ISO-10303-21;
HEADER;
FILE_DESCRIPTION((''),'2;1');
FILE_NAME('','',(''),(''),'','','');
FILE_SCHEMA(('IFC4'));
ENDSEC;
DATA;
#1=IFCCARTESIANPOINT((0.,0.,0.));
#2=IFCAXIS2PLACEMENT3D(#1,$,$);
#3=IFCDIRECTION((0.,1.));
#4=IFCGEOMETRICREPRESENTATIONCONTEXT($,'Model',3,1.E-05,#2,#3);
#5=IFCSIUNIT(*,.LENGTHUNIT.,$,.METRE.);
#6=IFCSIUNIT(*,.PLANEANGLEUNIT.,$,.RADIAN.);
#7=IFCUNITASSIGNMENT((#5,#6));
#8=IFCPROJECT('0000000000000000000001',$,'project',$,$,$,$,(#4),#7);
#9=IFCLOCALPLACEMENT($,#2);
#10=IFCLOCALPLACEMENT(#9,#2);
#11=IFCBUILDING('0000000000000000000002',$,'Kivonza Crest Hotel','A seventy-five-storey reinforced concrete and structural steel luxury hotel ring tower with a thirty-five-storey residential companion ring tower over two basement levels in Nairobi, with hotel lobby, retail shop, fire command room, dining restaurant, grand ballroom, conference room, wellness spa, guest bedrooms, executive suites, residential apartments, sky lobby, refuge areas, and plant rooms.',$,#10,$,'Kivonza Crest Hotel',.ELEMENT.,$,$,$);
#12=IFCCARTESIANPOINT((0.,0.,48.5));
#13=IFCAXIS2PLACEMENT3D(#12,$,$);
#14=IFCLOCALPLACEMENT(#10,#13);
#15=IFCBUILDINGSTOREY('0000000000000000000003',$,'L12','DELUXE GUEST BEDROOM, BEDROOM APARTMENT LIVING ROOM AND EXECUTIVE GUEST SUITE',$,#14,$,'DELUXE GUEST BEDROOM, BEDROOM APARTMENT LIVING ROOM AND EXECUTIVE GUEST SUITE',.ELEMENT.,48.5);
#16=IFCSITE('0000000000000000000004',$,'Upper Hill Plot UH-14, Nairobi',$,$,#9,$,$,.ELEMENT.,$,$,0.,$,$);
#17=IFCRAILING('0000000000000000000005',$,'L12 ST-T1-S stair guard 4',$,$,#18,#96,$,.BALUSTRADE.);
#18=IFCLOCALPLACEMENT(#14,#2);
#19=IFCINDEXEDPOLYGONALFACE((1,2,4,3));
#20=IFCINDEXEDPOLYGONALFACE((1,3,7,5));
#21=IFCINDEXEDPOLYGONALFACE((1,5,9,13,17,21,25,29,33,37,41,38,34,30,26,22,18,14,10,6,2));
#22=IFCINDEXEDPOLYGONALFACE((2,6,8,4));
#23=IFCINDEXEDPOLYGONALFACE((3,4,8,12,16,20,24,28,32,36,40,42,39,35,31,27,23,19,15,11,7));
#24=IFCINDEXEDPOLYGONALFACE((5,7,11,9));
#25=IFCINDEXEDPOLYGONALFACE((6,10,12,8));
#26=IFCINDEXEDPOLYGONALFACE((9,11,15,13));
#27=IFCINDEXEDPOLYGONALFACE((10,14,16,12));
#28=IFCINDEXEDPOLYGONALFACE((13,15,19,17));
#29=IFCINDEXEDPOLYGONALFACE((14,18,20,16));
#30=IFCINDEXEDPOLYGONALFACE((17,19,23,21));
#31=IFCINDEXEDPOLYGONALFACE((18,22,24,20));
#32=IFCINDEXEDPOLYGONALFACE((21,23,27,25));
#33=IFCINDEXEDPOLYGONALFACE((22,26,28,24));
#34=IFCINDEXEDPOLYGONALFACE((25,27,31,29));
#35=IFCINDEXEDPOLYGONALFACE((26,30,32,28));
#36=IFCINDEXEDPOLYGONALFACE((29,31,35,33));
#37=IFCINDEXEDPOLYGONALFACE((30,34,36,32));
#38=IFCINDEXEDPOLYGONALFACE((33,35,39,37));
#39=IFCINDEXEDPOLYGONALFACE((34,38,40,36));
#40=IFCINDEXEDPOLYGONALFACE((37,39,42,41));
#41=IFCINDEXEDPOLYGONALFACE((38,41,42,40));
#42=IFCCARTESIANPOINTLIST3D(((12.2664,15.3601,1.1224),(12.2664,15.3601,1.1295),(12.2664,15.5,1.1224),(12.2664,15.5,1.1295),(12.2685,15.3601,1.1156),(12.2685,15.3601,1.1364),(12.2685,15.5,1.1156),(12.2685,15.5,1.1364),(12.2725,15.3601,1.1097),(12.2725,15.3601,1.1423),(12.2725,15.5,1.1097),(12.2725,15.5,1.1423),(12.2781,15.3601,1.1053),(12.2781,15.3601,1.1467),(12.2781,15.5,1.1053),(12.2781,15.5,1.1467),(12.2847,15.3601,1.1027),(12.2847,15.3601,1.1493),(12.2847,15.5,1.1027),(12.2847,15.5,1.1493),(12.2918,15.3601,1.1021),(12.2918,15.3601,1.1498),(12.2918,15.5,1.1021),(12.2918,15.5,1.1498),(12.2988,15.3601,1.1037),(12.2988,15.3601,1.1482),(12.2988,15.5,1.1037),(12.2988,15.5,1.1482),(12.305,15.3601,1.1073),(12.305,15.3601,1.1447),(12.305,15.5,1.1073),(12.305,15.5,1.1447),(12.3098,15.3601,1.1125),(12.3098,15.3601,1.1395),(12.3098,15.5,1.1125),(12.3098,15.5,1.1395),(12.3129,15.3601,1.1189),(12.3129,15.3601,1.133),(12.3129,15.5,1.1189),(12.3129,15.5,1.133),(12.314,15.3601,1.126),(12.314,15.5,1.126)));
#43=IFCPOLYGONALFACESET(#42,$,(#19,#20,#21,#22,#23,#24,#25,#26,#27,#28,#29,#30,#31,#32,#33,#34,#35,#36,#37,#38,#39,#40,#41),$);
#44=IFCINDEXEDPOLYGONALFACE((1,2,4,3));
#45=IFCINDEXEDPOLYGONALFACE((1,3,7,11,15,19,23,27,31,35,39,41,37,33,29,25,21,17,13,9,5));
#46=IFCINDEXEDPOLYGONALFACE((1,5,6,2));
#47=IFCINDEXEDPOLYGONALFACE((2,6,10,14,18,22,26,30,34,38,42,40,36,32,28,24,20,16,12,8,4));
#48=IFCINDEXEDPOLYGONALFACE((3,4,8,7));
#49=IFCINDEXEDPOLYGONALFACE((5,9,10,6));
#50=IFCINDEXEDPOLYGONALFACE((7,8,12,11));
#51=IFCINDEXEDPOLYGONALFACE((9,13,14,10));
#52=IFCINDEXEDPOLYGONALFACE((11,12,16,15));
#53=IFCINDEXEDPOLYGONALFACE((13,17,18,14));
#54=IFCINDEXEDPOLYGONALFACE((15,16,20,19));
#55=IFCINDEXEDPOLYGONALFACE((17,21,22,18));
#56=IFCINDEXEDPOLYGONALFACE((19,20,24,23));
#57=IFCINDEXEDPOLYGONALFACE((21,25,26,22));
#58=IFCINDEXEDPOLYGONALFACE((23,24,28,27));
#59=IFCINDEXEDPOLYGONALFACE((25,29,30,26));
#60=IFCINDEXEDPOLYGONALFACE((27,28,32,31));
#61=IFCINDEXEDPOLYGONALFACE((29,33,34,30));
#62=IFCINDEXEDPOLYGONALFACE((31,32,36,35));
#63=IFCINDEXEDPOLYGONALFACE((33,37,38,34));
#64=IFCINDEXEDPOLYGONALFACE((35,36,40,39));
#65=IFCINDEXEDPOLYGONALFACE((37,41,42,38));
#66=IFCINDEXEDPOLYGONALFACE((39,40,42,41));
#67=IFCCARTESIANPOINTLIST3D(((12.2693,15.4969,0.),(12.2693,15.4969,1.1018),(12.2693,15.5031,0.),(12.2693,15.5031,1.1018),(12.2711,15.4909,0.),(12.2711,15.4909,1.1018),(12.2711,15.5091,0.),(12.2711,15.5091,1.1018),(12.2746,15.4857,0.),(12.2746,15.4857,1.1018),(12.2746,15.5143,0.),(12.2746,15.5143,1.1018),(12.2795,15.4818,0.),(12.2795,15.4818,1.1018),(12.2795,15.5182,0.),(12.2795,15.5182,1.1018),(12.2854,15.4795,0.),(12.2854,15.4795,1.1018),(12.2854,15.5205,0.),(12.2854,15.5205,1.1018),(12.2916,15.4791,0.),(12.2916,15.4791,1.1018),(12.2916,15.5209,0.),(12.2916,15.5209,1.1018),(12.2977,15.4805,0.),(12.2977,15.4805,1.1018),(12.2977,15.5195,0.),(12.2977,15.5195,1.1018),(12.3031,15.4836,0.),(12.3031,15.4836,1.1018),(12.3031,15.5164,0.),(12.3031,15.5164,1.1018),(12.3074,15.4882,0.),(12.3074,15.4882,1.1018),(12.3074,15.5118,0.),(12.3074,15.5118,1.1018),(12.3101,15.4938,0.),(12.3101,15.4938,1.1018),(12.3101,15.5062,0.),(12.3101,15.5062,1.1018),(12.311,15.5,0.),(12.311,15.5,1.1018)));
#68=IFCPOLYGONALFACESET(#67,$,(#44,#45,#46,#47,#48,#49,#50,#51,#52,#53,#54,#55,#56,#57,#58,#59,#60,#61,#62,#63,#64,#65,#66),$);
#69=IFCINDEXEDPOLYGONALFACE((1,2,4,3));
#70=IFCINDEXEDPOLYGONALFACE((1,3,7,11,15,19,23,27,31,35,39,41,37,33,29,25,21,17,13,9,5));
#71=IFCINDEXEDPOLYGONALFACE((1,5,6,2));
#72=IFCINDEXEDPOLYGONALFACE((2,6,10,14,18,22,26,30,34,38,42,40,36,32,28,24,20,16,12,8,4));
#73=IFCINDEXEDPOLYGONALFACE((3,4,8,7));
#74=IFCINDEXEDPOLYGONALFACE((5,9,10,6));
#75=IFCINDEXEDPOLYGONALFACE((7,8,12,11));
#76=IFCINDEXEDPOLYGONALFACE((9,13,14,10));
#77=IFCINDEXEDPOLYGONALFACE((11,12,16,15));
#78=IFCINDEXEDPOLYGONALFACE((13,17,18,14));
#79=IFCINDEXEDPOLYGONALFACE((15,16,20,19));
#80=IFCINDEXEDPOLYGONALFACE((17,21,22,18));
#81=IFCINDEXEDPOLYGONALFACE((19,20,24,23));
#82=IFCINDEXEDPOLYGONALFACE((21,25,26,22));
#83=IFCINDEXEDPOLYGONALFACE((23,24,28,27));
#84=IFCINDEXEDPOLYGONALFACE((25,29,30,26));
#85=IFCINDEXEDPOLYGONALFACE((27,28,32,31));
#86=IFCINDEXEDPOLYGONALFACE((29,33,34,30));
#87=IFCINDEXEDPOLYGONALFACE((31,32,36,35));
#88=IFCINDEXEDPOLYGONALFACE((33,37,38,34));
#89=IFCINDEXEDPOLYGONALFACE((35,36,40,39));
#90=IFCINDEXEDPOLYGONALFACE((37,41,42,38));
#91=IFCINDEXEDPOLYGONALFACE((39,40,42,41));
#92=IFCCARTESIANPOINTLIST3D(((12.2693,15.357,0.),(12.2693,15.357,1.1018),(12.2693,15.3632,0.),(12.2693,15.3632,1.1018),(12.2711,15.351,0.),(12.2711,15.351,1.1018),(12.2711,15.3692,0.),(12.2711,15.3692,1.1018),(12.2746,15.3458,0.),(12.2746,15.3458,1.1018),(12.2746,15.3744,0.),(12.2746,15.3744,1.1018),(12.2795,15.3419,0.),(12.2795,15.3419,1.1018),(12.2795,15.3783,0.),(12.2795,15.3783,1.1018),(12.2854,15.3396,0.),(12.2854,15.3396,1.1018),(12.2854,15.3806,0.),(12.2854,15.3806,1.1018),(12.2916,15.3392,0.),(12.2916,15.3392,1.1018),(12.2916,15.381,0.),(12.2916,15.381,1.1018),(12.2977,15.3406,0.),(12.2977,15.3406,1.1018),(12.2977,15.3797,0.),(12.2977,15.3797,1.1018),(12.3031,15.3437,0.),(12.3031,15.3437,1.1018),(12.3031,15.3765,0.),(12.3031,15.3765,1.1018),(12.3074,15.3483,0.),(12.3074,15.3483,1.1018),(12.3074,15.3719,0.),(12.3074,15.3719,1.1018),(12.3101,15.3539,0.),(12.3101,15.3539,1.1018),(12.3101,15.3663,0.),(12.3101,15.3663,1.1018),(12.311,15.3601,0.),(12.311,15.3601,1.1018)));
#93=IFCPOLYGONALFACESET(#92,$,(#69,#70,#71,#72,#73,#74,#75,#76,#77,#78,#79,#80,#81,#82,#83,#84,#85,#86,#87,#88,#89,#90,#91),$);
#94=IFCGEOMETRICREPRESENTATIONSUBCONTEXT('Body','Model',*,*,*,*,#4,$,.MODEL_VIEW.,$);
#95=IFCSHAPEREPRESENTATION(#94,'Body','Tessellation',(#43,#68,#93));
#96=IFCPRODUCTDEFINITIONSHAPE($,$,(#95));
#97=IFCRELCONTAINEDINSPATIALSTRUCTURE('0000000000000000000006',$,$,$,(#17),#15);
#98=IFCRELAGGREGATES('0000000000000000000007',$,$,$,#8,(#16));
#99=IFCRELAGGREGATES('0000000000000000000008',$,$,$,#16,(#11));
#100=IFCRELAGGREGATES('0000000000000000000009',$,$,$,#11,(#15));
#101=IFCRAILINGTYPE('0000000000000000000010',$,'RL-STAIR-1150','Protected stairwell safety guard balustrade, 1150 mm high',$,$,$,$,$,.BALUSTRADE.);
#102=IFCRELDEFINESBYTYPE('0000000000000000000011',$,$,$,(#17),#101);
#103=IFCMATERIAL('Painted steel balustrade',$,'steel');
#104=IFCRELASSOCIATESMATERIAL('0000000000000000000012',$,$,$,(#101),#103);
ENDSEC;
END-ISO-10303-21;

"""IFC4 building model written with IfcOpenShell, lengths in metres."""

from ifc_helpers import new_model, si_unit, direction, frame, origin, origin_2d, place, context, subcontext, project, spatial, circle, extrude, material, type_object, element, save


model = new_model("IFC4")

# Units and contexts
model_context = context("Model", 3, precision=1e-05, world=origin(), true_north=direction((0.0, 1.0)))
body_context = subcontext(model_context, "Body", "Model", "MODEL_VIEW")
ifc_project = project(units=[si_unit("LENGTHUNIT", "METRE"), si_unit("PLANEANGLEUNIT", "RADIAN")], contexts=[model_context])

# Site, building, storey
site_placement = place(None, origin())
site = spatial("IfcSite", under=ifc_project, at=site_placement, Name="Upper Hill Plot UH-14, Nairobi", CompositionType="ELEMENT", RefElevation=0.0)
building_placement = place(site_placement, origin())
building = spatial("IfcBuilding", under=site, at=building_placement, Name="Kivonza Crest Hotel", Description="A seventy-five-storey reinforced concrete and structural steel luxury hotel ring tower with a thirty-five-storey residential companion ring tower over two basement levels in Nairobi, with hotel lobby, retail shop, fire command room, dining restaurant, grand ballroom, conference room, wellness spa, guest bedrooms, executive suites, residential apartments, sky lobby, refuge areas, and plant rooms.", LongName="Kivonza Crest Hotel", CompositionType="ELEMENT")
storey_placement = place(building_placement, frame((0.0, 0.0, 48.5)))
storey = spatial("IfcBuildingStorey", under=building, at=storey_placement, Name="L12", Description="DELUXE GUEST BEDROOM, BEDROOM APARTMENT LIVING ROOM AND EXECUTIVE GUEST SUITE", LongName="DELUXE GUEST BEDROOM, BEDROOM APARTMENT LIVING ROOM AND EXECUTIVE GUEST SUITE", CompositionType="ELEMENT", Elevation=48.5)

# Railing
ifc_material_1 = material(Name="Painted steel balustrade", Category="steel")
railing_type_1 = type_object("IfcRailingType", Name="RL-STAIR-1150", Description="Protected stairwell safety guard balustrade, 1150 mm high", PredefinedType="BALUSTRADE", material=ifc_material_1)
railing_1_placement = place(storey_placement, frame((12.29, 15.5, 0.0)))
element("IfcRailing", 1, at=railing_1_placement, inside=storey, type_object=railing_type_1, Name="L12 ST-T1-S stair guard 4", PredefinedType="BALUSTRADE", context=body_context, shape_type="SweptSolid", body=[
    extrude(circle(Radius=0.0239, at=origin_2d()), frame((0.0, 0.0, 1.126), z_axis=(0.0, -1.0, 0.0), x_axis=(1.0, 0.0, 0.0)), (0.0, 0.0, 1.0), 0.1399),
    extrude(circle(Radius=0.021, at=origin_2d()), origin(), (0.0, 0.0, 1.0), 1.1018),
    extrude(circle(Radius=0.021, at=origin_2d()), frame((0.0, -0.1399, 0.0)), (0.0, 0.0, 1.0), 1.1018),
])

save(model, "model.ifc")
